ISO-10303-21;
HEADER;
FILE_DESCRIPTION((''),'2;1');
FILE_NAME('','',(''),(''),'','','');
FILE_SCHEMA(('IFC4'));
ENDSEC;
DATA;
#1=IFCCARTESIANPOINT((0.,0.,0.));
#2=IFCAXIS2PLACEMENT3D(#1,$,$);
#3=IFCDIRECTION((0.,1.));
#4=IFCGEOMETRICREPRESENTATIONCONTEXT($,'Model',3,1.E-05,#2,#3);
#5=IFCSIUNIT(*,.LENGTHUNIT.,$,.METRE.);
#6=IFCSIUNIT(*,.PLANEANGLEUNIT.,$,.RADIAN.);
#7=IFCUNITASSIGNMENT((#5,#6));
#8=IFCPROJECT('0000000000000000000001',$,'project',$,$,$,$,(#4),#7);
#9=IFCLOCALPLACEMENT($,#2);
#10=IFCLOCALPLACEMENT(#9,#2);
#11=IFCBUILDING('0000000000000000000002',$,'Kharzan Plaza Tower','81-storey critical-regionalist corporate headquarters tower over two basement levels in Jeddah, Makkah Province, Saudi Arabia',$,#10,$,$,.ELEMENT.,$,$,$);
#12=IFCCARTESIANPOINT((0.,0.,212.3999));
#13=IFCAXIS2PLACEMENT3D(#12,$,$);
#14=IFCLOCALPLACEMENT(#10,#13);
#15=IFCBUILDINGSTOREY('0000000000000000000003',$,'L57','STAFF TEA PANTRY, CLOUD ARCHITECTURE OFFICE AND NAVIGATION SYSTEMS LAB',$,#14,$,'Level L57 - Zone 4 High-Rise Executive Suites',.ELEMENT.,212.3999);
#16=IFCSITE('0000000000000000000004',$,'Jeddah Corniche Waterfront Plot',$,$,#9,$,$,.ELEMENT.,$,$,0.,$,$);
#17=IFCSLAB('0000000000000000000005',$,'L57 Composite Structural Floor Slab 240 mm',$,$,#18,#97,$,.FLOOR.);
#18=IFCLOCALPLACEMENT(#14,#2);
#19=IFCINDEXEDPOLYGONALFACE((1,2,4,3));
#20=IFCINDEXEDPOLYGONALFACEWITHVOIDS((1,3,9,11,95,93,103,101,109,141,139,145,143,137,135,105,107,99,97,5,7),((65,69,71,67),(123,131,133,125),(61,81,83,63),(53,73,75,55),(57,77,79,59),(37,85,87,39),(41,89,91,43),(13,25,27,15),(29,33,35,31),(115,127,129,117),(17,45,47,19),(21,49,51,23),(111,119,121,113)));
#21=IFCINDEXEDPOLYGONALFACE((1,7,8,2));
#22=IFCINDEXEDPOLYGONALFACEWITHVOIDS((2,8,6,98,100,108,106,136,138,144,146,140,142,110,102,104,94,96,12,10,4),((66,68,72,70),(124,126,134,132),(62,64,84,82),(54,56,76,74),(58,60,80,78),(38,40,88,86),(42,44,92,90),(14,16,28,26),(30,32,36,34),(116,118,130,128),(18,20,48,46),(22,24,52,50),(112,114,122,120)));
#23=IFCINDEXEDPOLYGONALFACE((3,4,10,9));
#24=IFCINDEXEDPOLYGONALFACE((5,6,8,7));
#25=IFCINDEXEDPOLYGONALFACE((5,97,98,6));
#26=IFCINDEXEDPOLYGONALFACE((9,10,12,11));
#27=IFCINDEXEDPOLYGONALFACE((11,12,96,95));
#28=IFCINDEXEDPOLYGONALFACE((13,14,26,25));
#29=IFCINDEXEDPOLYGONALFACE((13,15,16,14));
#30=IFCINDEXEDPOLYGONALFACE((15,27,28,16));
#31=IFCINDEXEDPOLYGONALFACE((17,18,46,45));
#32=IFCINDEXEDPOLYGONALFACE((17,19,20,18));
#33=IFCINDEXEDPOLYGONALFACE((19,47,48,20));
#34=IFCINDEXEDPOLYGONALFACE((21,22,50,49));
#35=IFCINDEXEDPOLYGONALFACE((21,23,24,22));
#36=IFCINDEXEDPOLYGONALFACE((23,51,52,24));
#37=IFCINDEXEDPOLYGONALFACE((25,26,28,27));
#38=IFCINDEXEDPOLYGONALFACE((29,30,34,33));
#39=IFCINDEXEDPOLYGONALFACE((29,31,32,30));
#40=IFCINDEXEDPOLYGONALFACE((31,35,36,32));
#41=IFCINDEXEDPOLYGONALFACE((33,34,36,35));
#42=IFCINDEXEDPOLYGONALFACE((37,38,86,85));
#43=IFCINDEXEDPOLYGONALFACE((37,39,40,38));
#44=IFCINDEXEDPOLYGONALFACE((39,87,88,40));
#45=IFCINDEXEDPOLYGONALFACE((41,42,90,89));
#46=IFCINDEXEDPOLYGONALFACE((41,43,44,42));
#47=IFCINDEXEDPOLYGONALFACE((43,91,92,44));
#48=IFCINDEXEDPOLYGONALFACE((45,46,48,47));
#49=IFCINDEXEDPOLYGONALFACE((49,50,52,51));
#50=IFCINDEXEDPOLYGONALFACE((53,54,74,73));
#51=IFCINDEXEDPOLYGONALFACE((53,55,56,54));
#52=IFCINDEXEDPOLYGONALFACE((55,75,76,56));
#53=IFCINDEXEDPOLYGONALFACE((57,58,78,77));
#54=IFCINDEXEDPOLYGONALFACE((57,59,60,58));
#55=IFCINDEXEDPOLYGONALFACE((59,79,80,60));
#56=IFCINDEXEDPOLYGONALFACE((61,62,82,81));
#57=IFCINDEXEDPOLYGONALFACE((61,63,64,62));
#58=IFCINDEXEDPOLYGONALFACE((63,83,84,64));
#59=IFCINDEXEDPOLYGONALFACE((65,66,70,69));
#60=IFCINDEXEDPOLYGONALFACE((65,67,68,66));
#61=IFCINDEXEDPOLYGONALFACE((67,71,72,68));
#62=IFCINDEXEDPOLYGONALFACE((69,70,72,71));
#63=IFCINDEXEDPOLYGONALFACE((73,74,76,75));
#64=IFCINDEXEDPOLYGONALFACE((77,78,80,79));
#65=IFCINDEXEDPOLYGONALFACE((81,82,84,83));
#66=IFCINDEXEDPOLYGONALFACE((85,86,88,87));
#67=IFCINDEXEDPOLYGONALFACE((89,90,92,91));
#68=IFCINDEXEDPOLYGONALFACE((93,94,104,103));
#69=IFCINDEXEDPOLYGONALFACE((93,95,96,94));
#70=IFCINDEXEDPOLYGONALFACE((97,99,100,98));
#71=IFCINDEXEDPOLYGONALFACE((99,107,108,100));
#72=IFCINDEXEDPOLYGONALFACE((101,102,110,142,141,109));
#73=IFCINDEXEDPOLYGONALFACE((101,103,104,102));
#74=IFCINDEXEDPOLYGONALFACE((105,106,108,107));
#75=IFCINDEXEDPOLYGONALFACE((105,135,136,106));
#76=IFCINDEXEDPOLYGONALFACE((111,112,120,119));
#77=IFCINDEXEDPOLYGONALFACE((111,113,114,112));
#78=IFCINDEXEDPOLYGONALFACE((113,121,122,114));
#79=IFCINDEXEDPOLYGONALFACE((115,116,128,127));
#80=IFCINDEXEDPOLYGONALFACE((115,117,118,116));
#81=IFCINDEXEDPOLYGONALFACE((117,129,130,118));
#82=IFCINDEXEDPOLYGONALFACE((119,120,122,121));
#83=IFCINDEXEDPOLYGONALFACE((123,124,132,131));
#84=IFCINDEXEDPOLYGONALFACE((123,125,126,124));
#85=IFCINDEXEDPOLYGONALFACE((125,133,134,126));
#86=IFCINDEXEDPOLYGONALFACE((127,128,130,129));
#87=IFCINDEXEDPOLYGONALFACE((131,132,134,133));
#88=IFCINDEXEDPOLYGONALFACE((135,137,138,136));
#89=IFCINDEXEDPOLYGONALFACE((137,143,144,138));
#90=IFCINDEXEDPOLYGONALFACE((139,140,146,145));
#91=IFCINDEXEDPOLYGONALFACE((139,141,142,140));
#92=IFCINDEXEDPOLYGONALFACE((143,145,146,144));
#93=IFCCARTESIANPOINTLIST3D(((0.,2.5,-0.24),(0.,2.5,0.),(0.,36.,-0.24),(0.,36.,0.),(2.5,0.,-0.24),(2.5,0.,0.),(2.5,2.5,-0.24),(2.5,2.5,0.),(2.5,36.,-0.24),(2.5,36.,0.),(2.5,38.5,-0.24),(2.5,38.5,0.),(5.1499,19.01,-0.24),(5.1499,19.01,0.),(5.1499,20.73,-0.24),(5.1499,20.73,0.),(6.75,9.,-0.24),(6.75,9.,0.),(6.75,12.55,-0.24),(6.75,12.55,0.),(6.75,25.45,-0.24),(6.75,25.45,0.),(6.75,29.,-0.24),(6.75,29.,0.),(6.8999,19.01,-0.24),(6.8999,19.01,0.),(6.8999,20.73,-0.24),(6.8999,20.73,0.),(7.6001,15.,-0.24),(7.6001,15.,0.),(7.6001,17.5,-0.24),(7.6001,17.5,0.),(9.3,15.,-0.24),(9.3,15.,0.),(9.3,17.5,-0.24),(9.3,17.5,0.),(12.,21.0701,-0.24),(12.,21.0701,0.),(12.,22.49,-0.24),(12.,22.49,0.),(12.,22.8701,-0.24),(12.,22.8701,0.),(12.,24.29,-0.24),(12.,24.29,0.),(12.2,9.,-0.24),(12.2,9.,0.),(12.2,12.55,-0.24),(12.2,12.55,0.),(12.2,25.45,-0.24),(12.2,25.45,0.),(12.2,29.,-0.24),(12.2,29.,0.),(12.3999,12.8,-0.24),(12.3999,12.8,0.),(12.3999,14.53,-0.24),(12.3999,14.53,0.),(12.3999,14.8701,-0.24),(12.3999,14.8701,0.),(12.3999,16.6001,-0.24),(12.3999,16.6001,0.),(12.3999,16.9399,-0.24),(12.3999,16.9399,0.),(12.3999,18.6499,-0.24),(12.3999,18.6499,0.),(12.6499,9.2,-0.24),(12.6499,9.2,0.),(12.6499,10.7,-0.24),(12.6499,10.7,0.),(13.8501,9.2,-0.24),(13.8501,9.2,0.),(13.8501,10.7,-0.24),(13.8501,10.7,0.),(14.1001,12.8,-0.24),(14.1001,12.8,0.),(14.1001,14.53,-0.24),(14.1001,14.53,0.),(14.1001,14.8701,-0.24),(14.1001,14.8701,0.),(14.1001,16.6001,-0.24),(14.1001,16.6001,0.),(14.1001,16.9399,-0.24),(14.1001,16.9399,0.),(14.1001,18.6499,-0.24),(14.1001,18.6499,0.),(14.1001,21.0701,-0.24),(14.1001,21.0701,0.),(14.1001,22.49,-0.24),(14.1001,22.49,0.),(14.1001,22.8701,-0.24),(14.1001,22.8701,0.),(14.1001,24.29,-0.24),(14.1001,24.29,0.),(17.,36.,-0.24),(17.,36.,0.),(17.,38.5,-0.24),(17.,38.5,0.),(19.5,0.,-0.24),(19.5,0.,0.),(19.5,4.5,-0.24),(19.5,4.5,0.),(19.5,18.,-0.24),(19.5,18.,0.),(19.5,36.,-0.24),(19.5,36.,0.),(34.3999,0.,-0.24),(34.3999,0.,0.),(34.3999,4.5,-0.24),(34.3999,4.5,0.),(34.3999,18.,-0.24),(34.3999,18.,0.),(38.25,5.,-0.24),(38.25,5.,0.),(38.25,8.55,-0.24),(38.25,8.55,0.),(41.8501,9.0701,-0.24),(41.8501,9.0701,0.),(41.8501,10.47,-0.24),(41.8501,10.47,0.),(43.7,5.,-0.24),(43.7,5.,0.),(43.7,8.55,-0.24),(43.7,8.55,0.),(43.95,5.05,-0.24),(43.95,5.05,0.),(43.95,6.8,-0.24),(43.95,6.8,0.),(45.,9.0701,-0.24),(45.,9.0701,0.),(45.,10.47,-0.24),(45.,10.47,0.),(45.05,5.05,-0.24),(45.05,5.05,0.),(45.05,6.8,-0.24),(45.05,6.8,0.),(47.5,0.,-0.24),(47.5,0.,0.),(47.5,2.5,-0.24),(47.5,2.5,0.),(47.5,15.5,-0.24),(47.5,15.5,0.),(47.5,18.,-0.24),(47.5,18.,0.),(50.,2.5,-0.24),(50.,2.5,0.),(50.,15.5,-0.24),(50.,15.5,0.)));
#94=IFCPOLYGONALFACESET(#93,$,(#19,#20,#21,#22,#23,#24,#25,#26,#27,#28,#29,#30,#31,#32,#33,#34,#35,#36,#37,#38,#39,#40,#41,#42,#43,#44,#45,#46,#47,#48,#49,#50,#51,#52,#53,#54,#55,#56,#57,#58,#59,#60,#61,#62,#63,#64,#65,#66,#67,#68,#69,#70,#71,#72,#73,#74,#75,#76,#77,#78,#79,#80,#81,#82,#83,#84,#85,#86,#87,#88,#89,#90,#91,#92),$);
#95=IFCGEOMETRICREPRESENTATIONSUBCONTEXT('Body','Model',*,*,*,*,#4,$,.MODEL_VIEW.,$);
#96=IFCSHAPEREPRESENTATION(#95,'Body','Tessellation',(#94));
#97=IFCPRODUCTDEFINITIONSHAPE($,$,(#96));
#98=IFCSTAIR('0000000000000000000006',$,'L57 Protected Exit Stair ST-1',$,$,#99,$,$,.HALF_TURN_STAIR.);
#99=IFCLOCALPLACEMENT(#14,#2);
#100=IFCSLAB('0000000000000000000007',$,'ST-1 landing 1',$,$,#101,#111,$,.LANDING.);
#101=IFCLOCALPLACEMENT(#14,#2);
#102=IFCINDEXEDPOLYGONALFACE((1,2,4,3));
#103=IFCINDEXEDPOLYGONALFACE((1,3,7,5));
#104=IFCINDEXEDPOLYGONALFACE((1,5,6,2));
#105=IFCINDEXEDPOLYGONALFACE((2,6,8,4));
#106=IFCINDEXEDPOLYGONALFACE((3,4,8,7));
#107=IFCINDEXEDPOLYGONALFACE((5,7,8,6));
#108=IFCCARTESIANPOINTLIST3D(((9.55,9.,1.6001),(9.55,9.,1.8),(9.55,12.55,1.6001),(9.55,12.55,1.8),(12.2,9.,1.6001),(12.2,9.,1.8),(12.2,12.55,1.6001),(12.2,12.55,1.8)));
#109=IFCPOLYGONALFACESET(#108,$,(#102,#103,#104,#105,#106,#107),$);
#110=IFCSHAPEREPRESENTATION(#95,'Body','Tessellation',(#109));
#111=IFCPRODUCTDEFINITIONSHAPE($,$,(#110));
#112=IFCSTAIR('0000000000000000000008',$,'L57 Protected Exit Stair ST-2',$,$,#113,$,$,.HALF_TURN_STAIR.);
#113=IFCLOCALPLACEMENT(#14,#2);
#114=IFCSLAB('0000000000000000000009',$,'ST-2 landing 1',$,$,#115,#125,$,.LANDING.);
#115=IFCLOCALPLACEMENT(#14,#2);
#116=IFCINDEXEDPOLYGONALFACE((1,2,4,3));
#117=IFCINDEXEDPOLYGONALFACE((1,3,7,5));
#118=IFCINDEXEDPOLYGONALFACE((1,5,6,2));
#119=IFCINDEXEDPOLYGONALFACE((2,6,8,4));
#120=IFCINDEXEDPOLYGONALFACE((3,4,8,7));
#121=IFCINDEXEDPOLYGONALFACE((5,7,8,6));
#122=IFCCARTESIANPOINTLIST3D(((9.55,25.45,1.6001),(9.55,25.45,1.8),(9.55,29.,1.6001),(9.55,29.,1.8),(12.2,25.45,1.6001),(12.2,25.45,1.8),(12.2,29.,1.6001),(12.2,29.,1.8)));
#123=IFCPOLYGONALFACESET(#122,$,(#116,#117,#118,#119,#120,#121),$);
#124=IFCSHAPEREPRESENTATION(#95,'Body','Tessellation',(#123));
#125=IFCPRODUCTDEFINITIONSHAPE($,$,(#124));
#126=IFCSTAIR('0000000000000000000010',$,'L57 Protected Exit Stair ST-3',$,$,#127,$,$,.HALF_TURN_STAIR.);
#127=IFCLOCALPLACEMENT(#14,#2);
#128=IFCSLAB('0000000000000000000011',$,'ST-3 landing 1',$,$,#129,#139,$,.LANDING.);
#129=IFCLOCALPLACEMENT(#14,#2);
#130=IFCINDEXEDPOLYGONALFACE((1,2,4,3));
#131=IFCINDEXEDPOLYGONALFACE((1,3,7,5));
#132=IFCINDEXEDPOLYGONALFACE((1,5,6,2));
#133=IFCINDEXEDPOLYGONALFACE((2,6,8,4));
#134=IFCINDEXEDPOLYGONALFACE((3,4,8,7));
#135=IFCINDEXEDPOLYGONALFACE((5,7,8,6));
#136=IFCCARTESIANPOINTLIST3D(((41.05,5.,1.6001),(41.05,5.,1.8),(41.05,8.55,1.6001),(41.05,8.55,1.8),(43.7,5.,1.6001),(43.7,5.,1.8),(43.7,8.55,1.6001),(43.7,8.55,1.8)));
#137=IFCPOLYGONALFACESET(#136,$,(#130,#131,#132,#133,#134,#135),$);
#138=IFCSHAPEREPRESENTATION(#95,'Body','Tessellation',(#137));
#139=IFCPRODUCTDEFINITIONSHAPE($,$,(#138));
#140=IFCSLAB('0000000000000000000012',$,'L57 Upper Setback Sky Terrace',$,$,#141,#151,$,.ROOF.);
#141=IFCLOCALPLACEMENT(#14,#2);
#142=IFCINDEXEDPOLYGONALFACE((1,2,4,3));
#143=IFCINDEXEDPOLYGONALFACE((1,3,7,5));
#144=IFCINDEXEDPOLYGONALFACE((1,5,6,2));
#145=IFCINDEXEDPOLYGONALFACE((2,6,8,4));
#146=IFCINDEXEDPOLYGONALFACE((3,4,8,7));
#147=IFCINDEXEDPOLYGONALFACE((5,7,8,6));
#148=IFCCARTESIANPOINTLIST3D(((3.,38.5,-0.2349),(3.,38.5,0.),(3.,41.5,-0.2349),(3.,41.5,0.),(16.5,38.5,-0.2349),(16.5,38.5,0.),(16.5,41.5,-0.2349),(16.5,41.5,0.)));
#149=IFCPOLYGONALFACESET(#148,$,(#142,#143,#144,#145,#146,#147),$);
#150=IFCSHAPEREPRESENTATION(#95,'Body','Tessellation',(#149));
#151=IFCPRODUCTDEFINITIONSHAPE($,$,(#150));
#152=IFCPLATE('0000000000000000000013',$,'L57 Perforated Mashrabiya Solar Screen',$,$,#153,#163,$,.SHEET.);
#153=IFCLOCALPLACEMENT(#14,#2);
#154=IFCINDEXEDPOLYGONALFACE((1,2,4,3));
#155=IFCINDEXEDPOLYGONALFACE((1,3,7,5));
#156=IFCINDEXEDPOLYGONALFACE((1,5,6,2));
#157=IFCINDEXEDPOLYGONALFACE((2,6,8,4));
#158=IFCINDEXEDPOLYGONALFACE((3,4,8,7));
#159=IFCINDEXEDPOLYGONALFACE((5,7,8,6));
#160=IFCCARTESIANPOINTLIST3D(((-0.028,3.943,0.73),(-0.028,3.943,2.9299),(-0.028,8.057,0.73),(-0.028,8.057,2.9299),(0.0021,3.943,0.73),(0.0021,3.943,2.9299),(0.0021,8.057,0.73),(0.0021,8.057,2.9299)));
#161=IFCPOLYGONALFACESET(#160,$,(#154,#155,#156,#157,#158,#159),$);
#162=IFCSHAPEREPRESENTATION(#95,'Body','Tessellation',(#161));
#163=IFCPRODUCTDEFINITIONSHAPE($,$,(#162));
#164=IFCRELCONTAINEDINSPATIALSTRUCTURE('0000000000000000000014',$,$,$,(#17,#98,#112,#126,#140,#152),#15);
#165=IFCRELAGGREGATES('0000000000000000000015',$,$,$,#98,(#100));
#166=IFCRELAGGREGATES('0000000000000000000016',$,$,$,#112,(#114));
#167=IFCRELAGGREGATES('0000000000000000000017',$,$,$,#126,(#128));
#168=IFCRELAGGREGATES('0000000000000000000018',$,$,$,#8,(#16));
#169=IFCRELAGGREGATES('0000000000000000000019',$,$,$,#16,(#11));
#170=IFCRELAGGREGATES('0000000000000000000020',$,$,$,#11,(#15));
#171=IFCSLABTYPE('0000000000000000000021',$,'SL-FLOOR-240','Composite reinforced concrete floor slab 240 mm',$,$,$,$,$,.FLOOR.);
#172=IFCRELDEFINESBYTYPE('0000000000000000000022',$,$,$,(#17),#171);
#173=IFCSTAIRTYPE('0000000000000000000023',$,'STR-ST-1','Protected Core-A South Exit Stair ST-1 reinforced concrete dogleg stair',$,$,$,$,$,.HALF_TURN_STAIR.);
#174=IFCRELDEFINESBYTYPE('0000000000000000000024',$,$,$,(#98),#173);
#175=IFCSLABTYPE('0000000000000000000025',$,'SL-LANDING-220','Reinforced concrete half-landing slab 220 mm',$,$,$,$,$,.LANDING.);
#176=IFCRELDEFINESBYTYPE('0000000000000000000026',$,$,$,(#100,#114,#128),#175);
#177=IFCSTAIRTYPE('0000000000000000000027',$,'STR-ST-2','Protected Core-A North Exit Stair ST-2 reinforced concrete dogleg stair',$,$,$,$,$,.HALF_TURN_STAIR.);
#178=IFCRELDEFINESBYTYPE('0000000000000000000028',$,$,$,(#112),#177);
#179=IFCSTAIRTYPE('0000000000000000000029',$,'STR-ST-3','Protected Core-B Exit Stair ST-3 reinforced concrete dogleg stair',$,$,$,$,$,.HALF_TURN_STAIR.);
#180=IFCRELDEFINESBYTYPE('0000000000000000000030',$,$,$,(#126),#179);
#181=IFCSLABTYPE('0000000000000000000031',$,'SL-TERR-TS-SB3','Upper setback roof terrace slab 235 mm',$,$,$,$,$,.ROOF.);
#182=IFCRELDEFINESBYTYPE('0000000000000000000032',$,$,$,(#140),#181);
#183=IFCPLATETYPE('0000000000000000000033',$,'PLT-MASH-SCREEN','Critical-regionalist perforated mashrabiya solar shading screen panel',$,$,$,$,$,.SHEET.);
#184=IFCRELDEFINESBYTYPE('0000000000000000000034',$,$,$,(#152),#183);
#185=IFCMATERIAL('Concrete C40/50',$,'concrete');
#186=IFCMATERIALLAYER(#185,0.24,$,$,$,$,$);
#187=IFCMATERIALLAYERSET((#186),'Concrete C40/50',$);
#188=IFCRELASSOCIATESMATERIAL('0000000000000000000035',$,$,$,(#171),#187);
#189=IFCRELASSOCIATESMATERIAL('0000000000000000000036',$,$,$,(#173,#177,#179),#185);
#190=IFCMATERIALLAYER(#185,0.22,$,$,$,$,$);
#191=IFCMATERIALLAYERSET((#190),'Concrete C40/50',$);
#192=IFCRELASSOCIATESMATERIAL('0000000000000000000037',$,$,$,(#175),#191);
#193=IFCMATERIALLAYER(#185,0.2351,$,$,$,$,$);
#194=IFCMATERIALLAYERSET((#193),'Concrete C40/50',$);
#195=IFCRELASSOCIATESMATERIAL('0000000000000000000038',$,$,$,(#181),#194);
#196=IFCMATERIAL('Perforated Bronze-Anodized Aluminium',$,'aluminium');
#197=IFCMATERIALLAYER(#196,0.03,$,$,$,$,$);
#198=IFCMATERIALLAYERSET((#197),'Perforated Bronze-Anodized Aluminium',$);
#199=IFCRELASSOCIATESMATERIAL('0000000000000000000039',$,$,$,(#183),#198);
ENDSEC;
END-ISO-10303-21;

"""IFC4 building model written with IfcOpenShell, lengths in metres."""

from ifc_helpers import new_model, si_unit, direction, frame, origin, origin_2d, place, context, subcontext, project, spatial, polyline, rectangle, outline, extrude, source, transform, mapped, material, layer, layer_set, type_object, element, aggregate, save


model = new_model("IFC4")

# Units and contexts
model_context = context("Model", 3, precision=1e-05, world=origin(), true_north=direction((0.0, 1.0)))
body_context = subcontext(model_context, "Body", "Model", "MODEL_VIEW")
ifc_project = project(units=[si_unit("LENGTHUNIT", "METRE"), si_unit("PLANEANGLEUNIT", "RADIAN")], contexts=[model_context])

# Site, building, storey
site_placement = place(None, origin())
site = spatial("IfcSite", under=ifc_project, at=site_placement, Name="Jeddah Corniche Waterfront Plot", CompositionType="ELEMENT", RefElevation=0.0)
building_placement = place(site_placement, origin())
building = spatial("IfcBuilding", under=site, at=building_placement, Name="Kharzan Plaza Tower", Description="81-storey critical-regionalist corporate headquarters tower over two basement levels in Jeddah, Makkah Province, Saudi Arabia", CompositionType="ELEMENT")
storey_placement = place(building_placement, frame((0.0, 0.0, 212.3999)))
storey = spatial("IfcBuildingStorey", under=building, at=storey_placement, Name="L57", Description="STAFF TEA PANTRY, CLOUD ARCHITECTURE OFFICE AND NAVIGATION SYSTEMS LAB", LongName="Level L57 - Zone 4 High-Rise Executive Suites", CompositionType="ELEMENT", Elevation=212.3999)

# Slab
ifc_material_1 = material(Name="Concrete C40/50", Category="concrete")
ifc_layer_1 = layer(ifc_material_1, 0.24)
ifc_layer_set_1 = layer_set([ifc_layer_1], Name="Concrete C40/50")
slab_type_1 = type_object("IfcSlabType", Name="SL-FLOOR-240", Description="Composite reinforced concrete floor slab 240 mm", PredefinedType="FLOOR", material=ifc_layer_set_1)
slab_1_placement = place(storey_placement, frame((0.0, 0.0, -0.24)))
element("IfcSlab", 1, at=slab_1_placement, inside=storey, type_object=slab_type_1, Name="L57 Composite Structural Floor Slab 240 mm", PredefinedType="FLOOR", context=body_context, shape_type="SweptSolid", body=[
    extrude(outline(polyline([(34.3999, 18.0), (19.5, 18.0), (19.5, 36.0), (17.0, 36.0), (17.0, 38.5), (2.5, 38.5), (2.5, 36.0), (0.0, 36.0), (0.0, 2.5), (2.5, 2.5), (2.5, 0.0), (19.5, 0.0), (19.5, 4.5), (34.3999, 4.5), (34.3999, 0.0), (47.5, 0.0), (47.5, 2.5), (50.0, 2.5), (50.0, 15.5), (47.5, 15.5), (47.5, 18.0), (34.3999, 18.0)]), holes=[polyline([(12.2, 12.55), (6.75, 12.55), (6.75, 9.0), (12.2, 9.0), (12.2, 12.55)]), polyline([(14.1001, 12.8), (14.1001, 14.53), (12.3999, 14.53), (12.3999, 12.8), (14.1001, 12.8)]), polyline([(9.3, 15.0), (9.3, 17.5), (7.6001, 17.5), (7.6001, 15.0), (9.3, 15.0)]), polyline([(6.8999, 20.73), (5.1499, 20.73), (5.1499, 19.01), (6.8999, 19.01), (6.8999, 20.73)]), polyline([(14.1001, 21.0701), (14.1001, 22.49), (12.0, 22.49), (12.0, 21.0701), (14.1001, 21.0701)]), polyline([(14.1001, 22.8701), (14.1001, 24.29), (12.0, 24.29), (12.0, 22.8701), (14.1001, 22.8701)]), polyline([(12.2, 29.0), (6.75, 29.0), (6.75, 25.45), (12.2, 25.45), (12.2, 29.0)]), polyline([(45.05, 5.05), (45.05, 6.8), (43.95, 6.8), (43.95, 5.05), (45.05, 5.05)]), polyline([(43.7, 5.0), (43.7, 8.55), (38.25, 8.55), (38.25, 5.0), (43.7, 5.0)]), polyline([(45.0, 9.0701), (45.0, 10.47), (41.8501, 10.47), (41.8501, 9.0701), (45.0, 9.0701)]), polyline([(13.8501, 9.2), (13.8501, 10.7), (12.6499, 10.7), (12.6499, 9.2), (13.8501, 9.2)]), polyline([(14.1001, 14.8701), (14.1001, 16.6001), (12.3999, 16.6001), (12.3999, 14.8701), (14.1001, 14.8701)]), polyline([(14.1001, 16.9399), (14.1001, 18.6499), (12.3999, 18.6499), (12.3999, 16.9399), (14.1001, 16.9399)])]), origin(), (0.0, 0.0, 1.0), 0.24),
])

# Stairs, slabs
stair_type_1 = type_object("IfcStairType", Name="STR-ST-1", Description="Protected Core-A South Exit Stair ST-1 reinforced concrete dogleg stair", PredefinedType="HALF_TURN_STAIR", material=ifc_material_1)
stair_1_placement = place(storey_placement, origin())
stair_1 = element("IfcStair", 2, at=stair_1_placement, inside=storey, type_object=stair_type_1, Name="L57 Protected Exit Stair ST-1", PredefinedType="HALF_TURN_STAIR")
ifc_layer_2 = layer(ifc_material_1, 0.22)
ifc_layer_set_2 = layer_set([ifc_layer_2], Name="Concrete C40/50")
slab_type_2 = type_object("IfcSlabType", Name="SL-LANDING-220", Description="Reinforced concrete half-landing slab 220 mm", PredefinedType="LANDING", material=ifc_layer_set_2)
slab_2_placement = place(storey_placement, frame((0.0, 0.0, 1.6001)))
slab_2 = element("IfcSlab", 3, at=slab_2_placement, type_object=slab_type_2, Name="ST-1 landing 1", PredefinedType="LANDING", context=body_context, shape_type="SweptSolid", body=[
    extrude(outline(polyline([(9.55, 9.0), (12.2, 9.0), (12.2, 12.55), (9.55, 12.55), (9.55, 9.0)])), origin(), (0.0, 0.0, 1.0), 0.2),
])
aggregate(stair_1, [slab_2])
stair_type_2 = type_object("IfcStairType", Name="STR-ST-2", Description="Protected Core-A North Exit Stair ST-2 reinforced concrete dogleg stair", PredefinedType="HALF_TURN_STAIR", material=ifc_material_1)
stair_2_placement = place(storey_placement, origin())
stair_2 = element("IfcStair", 4, at=stair_2_placement, inside=storey, type_object=stair_type_2, Name="L57 Protected Exit Stair ST-2", PredefinedType="HALF_TURN_STAIR")
slab_3_placement = place(storey_placement, frame((0.0, 0.0, 1.6001)))
slab_3 = element("IfcSlab", 5, at=slab_3_placement, type_object=slab_type_2, Name="ST-2 landing 1", PredefinedType="LANDING", context=body_context, shape_type="SweptSolid", body=[
    extrude(outline(polyline([(9.55, 25.45), (12.2, 25.45), (12.2, 29.0), (9.55, 29.0), (9.55, 25.45)])), origin(), (0.0, 0.0, 1.0), 0.2),
])
aggregate(stair_2, [slab_3])
stair_type_3 = type_object("IfcStairType", Name="STR-ST-3", Description="Protected Core-B Exit Stair ST-3 reinforced concrete dogleg stair", PredefinedType="HALF_TURN_STAIR", material=ifc_material_1)
stair_3_placement = place(storey_placement, origin())
stair_3 = element("IfcStair", 6, at=stair_3_placement, inside=storey, type_object=stair_type_3, Name="L57 Protected Exit Stair ST-3", PredefinedType="HALF_TURN_STAIR")
slab_4_placement = place(storey_placement, frame((0.0, 0.0, 1.6001)))
slab_4 = element("IfcSlab", 7, at=slab_4_placement, type_object=slab_type_2, Name="ST-3 landing 1", PredefinedType="LANDING", context=body_context, shape_type="SweptSolid", body=[
    extrude(outline(polyline([(41.05, 5.0), (43.7, 5.0), (43.7, 8.55), (41.05, 8.55), (41.05, 5.0)])), origin(), (0.0, 0.0, 1.0), 0.2),
])
aggregate(stair_3, [slab_4])

# Slab
ifc_layer_3 = layer(ifc_material_1, 0.2351)
ifc_layer_set_3 = layer_set([ifc_layer_3], Name="Concrete C40/50")
slab_type_3 = type_object("IfcSlabType", Name="SL-TERR-TS-SB3", Description="Upper setback roof terrace slab 235 mm", PredefinedType="ROOF", material=ifc_layer_set_3)
slab_5_placement = place(storey_placement, frame((0.0, 0.0, -0.2349)))
element("IfcSlab", 8, at=slab_5_placement, inside=storey, type_object=slab_type_3, Name="L57 Upper Setback Sky Terrace", PredefinedType="ROOF", context=body_context, shape_type="SweptSolid", body=[
    extrude(outline(polyline([(3.0, 38.5), (16.5, 38.5), (16.5, 41.5), (3.0, 41.5), (3.0, 38.5)])), origin(), (0.0, 0.0, 1.0), 0.2349),
])

# Plate
ifc_material_2 = material(Name="Perforated Bronze-Anodized Aluminium", Category="aluminium")
ifc_layer_4 = layer(ifc_material_2, 0.03)
ifc_layer_set_4 = layer_set([ifc_layer_4], Name="Perforated Bronze-Anodized Aluminium")
plate_type = type_object("IfcPlateType", Name="PLT-MASH-SCREEN", Description="Critical-regionalist perforated mashrabiya solar shading screen panel", PredefinedType="SHEET", material=ifc_layer_set_4)
shared_shape_1 = source(origin(), body_context, "Body", "SweptSolid", [
    extrude(rectangle(XDim=4.114, YDim=0.03, at=origin_2d()), origin(), (0.0, 0.0, 1.0), 2.2),
])
plate_placement = place(storey_placement, frame((-0.0129, 6.0, 0.73), z_axis=(0.0, 0.0, 1.0), x_axis=(0.0, -1.0, 0.0)))
element("IfcPlate", 9, at=plate_placement, inside=storey, type_object=plate_type, Name="L57 Perforated Mashrabiya Solar Screen", PredefinedType="SHEET", context=body_context, shape_type="MappedRepresentation", body=[
    mapped(shared_shape_1, transform((0.0, 0.0, 0.0), x_axis=(1.0, 0.0, 0.0), y_axis=(0.0, 1.0, 0.0), z_axis=(0.0, 0.0, 1.0))),
])

save(model, "model.ifc")
